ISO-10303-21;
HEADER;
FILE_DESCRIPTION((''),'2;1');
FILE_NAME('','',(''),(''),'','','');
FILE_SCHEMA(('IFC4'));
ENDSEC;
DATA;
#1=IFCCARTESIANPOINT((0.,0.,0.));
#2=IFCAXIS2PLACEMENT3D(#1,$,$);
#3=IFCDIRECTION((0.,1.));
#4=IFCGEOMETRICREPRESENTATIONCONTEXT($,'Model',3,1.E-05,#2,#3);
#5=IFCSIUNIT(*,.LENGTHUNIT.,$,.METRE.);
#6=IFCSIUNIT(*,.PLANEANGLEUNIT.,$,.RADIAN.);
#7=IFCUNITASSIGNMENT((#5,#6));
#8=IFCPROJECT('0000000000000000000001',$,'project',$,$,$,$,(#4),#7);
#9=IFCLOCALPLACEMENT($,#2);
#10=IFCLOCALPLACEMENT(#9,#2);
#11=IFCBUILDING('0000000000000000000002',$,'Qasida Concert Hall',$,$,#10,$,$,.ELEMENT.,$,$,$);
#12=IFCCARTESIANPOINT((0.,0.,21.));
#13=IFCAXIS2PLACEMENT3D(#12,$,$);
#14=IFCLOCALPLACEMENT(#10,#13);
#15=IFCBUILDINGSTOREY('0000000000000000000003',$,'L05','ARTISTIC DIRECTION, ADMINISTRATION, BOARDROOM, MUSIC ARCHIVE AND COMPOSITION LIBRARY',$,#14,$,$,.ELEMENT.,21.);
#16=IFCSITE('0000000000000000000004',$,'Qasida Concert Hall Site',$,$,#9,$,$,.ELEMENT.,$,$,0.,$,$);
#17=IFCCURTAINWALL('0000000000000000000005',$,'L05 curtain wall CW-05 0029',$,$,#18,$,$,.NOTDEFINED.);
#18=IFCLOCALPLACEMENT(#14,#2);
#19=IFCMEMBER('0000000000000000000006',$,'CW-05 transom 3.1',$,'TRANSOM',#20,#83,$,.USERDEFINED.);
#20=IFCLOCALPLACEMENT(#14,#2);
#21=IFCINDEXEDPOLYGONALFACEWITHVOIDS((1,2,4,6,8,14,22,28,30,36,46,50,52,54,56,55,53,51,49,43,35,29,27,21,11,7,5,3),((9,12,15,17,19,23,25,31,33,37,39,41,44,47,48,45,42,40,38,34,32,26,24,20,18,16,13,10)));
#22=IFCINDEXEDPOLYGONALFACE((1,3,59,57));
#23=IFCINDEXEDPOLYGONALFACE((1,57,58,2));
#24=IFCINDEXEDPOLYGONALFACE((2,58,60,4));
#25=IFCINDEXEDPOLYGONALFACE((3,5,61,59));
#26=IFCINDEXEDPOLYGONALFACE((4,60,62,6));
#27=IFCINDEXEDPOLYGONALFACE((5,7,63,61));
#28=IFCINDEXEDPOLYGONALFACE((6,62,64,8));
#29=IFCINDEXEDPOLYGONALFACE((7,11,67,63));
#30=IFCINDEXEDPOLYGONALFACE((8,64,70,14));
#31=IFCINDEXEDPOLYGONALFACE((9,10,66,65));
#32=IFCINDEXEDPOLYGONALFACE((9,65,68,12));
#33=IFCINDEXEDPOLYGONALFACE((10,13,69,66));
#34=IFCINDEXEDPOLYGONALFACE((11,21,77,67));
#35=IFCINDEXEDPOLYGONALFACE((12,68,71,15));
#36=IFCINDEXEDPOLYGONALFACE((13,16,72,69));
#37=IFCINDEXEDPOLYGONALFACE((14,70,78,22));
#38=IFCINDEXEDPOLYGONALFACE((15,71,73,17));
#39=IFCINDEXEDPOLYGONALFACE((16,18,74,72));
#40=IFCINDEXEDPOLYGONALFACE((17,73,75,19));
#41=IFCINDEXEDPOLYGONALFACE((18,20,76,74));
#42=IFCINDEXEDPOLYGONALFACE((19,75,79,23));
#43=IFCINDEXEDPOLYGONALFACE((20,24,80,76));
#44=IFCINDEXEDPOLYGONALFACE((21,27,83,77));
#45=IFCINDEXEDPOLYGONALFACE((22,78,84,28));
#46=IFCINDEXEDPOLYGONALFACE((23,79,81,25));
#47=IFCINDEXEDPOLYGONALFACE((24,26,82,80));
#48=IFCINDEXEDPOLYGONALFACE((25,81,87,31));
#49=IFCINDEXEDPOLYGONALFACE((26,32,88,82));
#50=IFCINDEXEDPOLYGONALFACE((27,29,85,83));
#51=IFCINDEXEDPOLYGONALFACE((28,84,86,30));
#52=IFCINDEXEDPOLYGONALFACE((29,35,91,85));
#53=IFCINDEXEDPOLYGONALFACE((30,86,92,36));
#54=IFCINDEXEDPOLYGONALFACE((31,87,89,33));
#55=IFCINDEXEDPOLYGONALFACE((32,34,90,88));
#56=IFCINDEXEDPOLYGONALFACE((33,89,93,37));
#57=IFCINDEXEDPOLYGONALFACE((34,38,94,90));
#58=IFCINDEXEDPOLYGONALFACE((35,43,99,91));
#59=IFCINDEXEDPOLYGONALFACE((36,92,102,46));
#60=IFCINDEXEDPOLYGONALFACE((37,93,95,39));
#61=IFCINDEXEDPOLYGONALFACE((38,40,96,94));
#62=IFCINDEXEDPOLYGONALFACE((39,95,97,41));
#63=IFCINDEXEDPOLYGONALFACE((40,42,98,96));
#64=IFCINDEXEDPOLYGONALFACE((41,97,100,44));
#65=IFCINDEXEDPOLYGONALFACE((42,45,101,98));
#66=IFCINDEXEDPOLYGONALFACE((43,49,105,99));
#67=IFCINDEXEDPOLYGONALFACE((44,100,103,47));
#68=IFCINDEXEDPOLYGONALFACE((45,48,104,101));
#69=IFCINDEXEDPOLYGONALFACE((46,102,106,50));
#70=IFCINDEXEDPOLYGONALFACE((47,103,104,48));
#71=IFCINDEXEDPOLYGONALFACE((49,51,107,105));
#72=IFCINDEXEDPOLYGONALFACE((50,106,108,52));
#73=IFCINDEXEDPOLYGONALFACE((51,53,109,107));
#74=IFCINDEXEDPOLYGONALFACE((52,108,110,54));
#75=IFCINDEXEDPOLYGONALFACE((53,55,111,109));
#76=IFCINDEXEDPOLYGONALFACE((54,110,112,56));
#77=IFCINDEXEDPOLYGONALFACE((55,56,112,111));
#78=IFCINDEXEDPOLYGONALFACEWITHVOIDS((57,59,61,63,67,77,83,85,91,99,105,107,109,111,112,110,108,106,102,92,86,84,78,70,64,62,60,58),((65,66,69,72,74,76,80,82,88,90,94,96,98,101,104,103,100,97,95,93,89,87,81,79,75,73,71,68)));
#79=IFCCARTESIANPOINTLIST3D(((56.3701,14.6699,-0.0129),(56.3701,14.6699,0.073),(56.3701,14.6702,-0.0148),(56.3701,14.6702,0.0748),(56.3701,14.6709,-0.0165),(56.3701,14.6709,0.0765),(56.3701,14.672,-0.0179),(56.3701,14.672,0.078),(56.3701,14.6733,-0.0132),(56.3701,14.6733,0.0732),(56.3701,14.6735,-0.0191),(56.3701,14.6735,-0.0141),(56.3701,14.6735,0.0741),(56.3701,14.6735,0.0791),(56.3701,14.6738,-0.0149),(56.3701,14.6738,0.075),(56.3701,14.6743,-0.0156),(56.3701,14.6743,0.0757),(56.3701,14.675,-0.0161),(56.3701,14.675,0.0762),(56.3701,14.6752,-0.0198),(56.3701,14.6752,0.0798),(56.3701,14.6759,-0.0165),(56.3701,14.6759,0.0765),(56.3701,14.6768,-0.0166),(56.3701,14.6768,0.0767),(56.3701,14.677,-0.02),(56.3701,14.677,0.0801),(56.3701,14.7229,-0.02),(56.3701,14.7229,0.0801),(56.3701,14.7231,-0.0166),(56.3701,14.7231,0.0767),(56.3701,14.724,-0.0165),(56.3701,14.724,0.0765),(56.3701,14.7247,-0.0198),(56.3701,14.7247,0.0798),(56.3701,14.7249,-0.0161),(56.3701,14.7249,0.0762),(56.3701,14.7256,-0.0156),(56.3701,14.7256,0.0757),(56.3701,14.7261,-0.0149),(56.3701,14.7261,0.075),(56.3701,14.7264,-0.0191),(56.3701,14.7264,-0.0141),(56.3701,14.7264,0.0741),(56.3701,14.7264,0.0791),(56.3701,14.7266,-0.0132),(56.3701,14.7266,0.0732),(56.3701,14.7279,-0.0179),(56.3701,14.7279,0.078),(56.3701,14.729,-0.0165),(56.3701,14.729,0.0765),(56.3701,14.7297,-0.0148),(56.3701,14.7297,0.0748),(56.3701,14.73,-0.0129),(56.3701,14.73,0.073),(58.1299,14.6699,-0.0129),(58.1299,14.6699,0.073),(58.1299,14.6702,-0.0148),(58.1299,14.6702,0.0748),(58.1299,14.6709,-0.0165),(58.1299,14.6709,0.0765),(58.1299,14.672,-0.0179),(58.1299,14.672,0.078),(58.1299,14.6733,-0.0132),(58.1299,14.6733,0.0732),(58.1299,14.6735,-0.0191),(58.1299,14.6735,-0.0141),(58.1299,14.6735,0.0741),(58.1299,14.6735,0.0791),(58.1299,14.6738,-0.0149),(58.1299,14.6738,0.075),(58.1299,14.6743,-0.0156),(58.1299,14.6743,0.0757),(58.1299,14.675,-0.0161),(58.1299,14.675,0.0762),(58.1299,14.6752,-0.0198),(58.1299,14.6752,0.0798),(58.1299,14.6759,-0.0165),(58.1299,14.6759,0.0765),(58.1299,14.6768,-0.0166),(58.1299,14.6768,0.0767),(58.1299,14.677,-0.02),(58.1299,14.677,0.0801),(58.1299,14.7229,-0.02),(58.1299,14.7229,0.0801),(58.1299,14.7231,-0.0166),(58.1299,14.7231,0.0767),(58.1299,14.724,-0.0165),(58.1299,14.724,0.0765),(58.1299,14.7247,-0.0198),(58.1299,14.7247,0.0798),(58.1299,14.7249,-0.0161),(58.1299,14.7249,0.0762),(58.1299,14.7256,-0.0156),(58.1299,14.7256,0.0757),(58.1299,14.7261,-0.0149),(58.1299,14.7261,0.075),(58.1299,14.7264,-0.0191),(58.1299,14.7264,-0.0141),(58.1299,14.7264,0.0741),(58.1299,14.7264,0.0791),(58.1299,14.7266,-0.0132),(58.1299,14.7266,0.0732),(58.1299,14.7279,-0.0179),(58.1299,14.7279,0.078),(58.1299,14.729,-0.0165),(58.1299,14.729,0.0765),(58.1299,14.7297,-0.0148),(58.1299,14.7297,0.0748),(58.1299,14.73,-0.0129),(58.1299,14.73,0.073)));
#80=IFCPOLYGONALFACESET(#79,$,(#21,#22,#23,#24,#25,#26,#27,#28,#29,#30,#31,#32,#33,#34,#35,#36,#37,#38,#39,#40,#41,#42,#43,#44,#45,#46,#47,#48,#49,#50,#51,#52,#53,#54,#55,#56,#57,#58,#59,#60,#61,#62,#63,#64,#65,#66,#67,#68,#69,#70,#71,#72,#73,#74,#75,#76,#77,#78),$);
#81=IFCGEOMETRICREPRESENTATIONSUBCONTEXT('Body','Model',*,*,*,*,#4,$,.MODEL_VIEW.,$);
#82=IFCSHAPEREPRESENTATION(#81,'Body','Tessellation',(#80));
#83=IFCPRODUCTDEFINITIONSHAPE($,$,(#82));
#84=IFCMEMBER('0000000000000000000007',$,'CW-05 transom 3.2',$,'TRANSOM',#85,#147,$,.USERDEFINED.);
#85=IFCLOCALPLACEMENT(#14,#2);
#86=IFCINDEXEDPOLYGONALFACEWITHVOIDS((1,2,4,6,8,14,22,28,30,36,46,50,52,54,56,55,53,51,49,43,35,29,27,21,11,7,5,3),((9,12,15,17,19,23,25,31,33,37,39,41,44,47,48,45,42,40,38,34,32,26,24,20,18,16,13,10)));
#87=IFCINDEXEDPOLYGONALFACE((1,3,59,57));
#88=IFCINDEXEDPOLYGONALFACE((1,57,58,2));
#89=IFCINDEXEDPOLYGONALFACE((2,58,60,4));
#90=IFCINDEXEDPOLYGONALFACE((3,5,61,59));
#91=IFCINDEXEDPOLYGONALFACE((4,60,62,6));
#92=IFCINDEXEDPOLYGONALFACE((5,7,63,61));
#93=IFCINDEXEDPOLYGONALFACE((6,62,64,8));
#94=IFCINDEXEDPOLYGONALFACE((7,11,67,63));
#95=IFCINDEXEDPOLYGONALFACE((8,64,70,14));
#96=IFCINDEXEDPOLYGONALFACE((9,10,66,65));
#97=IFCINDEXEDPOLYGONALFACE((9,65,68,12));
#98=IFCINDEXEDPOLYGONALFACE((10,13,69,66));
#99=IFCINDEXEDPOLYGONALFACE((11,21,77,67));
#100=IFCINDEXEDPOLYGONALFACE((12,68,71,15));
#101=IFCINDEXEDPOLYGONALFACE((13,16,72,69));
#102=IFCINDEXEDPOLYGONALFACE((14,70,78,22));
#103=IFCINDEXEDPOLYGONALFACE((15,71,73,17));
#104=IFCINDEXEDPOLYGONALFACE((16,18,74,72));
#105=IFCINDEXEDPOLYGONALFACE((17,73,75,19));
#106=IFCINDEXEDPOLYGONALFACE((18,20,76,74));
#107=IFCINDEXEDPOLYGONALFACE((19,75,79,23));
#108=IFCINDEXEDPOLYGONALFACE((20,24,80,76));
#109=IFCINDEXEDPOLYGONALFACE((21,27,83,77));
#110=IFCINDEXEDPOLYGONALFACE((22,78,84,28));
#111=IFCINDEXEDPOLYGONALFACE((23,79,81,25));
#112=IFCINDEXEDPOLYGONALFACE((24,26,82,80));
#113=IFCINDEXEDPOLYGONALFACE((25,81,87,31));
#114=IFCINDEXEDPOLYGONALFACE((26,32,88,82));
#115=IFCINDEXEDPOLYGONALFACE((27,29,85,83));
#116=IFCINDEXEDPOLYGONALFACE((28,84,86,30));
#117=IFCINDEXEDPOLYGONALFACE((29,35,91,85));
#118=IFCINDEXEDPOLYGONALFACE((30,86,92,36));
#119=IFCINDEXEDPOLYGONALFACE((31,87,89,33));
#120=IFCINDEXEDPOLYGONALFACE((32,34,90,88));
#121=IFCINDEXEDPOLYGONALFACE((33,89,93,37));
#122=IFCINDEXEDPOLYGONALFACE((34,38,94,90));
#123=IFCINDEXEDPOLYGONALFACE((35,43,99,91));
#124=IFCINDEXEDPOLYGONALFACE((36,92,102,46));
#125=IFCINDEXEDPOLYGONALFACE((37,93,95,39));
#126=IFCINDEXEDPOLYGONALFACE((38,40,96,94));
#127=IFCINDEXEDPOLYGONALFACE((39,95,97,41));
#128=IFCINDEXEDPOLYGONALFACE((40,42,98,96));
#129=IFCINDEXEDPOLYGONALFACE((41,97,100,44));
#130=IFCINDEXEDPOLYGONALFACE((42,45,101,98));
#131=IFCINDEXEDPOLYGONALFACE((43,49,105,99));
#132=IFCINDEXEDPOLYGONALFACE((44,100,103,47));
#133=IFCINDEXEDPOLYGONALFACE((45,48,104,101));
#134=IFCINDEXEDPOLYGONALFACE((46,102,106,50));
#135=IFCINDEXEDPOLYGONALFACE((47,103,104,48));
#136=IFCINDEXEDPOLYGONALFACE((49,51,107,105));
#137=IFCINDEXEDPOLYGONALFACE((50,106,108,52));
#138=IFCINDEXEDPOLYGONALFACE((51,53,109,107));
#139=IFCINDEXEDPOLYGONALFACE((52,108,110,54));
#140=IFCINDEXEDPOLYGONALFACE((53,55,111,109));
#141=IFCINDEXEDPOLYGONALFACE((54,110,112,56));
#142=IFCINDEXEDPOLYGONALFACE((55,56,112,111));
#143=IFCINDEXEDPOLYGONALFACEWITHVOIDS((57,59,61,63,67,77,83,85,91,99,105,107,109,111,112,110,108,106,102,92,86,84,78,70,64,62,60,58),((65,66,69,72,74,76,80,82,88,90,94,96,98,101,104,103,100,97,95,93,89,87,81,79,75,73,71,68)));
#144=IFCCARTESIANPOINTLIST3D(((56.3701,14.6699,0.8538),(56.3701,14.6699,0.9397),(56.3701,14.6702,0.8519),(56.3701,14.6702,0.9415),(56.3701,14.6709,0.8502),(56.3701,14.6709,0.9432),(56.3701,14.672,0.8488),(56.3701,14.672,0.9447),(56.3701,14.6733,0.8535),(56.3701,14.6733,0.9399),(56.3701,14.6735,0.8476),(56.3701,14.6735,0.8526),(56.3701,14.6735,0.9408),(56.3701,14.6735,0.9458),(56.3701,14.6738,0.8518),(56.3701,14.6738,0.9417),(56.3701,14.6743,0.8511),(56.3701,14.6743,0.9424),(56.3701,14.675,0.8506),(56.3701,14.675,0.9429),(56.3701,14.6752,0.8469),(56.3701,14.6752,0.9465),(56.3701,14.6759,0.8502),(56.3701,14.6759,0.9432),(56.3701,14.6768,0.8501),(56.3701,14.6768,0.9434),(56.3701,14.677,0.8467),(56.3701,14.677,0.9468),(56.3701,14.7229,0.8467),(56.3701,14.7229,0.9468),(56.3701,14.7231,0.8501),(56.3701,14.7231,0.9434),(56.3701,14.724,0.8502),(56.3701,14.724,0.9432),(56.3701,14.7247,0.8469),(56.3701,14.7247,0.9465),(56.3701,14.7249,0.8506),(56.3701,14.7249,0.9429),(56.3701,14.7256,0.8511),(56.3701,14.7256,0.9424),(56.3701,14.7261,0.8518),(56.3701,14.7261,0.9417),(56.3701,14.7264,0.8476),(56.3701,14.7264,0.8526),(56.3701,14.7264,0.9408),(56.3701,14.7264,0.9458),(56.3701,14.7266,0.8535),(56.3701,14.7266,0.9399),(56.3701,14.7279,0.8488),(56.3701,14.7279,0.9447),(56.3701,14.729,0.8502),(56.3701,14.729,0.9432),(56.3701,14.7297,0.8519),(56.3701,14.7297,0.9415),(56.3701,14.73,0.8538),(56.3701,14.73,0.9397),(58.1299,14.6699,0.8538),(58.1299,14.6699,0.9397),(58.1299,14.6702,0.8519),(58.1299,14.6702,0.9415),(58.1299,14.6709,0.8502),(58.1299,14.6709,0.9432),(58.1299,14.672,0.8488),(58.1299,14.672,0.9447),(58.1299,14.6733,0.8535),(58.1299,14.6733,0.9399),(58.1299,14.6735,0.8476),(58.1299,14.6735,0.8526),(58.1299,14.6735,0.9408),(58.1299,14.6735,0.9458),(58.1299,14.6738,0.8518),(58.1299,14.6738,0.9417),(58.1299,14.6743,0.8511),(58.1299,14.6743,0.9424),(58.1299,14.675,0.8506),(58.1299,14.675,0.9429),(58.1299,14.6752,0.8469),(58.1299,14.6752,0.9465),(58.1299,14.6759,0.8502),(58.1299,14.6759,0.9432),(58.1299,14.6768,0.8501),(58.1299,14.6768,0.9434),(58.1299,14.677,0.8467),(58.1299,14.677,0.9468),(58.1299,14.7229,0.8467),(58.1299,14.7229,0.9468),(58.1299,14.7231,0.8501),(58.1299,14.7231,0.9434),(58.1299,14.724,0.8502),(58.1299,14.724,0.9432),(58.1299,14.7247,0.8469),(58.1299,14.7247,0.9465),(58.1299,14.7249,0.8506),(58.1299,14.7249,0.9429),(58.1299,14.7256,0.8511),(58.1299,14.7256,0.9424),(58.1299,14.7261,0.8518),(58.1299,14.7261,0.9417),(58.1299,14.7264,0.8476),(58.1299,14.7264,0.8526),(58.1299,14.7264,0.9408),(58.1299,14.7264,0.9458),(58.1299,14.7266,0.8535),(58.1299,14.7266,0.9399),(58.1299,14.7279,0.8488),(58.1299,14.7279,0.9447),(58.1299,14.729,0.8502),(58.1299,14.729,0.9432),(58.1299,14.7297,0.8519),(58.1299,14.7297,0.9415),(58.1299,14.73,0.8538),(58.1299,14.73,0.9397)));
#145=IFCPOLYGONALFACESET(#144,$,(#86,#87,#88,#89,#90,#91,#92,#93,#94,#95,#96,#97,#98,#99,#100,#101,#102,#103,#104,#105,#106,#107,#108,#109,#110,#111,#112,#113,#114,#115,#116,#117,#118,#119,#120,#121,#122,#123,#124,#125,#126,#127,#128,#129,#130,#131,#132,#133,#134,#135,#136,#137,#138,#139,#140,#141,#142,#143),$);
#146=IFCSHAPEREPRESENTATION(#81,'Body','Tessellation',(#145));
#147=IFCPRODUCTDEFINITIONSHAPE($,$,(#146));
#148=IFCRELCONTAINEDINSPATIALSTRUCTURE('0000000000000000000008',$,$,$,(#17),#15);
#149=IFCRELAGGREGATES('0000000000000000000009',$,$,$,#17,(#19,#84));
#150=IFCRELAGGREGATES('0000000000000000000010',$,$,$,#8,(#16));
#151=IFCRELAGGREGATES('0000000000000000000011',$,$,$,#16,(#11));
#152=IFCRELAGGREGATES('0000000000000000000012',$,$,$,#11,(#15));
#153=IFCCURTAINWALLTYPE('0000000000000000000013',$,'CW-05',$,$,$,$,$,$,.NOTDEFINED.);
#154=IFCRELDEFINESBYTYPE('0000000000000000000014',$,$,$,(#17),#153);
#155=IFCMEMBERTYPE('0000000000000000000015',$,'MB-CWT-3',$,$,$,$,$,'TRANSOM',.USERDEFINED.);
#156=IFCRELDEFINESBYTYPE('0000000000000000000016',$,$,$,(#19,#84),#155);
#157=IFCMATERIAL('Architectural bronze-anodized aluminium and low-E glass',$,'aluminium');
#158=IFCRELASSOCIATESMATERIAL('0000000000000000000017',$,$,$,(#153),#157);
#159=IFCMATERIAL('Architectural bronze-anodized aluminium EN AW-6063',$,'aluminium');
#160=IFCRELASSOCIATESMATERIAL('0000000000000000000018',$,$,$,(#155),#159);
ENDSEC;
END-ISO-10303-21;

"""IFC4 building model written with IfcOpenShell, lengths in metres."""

from ifc_helpers import new_model, si_unit, direction, frame, origin, origin_2d, place, context, subcontext, project, spatial, hollow_rectangle, extrude, material, material_profile, profile_set, type_object, element, aggregate, save


model = new_model("IFC4")

# Units and contexts
model_context = context("Model", 3, precision=1e-05, world=origin(), true_north=direction((0.0, 1.0)))
body_context = subcontext(model_context, "Body", "Model", "MODEL_VIEW")
ifc_project = project(units=[si_unit("LENGTHUNIT", "METRE"), si_unit("PLANEANGLEUNIT", "RADIAN")], contexts=[model_context])

# Site, building, storey
site_placement = place(None, origin())
site = spatial("IfcSite", under=ifc_project, at=site_placement, Name="Qasida Concert Hall Site", CompositionType="ELEMENT", RefElevation=0.0)
building_placement = place(site_placement, origin())
building = spatial("IfcBuilding", under=site, at=building_placement, Name="Qasida Concert Hall", CompositionType="ELEMENT")
storey_placement = place(building_placement, frame((0.0, 0.0, 21.0)))
storey = spatial("IfcBuildingStorey", under=building, at=storey_placement, Name="L05", Description="ARTISTIC DIRECTION, ADMINISTRATION, BOARDROOM, MUSIC ARCHIVE AND COMPOSITION LIBRARY", CompositionType="ELEMENT", Elevation=21.0)

# Curtain wall, members
ifc_material_1 = material(Name="Architectural bronze-anodized aluminium and low-E glass", Category="aluminium")
curtain_wall_type = type_object("IfcCurtainWallType", Name="CW-05", PredefinedType="NOTDEFINED", material=ifc_material_1)
curtain_wall_placement = place(storey_placement, origin())
curtain_wall = element("IfcCurtainWall", 1, at=curtain_wall_placement, inside=storey, type_object=curtain_wall_type, Name="L05 curtain wall CW-05 0029", PredefinedType="NOTDEFINED")
ifc_material_2 = material(Name="Architectural bronze-anodized aluminium EN AW-6063", Category="aluminium")
ifc_material_profile_1 = material_profile(ifc_material_2, hollow_rectangle(XDim=0.0601, YDim=0.1001, WallThickness=0.0034, InnerFilletRadius=0.0034, OuterFilletRadius=0.0071, at=origin_2d()), Name="CWT 100x60x3.5")
ifc_profile_set_1 = profile_set([ifc_material_profile_1], Name="Architectural bronze-anodized aluminium EN AW-6063")
member_type_1 = type_object("IfcMemberType", Name="MB-CWT-3", ElementType="TRANSOM", PredefinedType="USERDEFINED", material=ifc_profile_set_1)
member_1_placement = place(storey_placement, frame((56.3701, 14.7, 0.03), z_axis=(1.0, 0.0, 0.0), x_axis=(0.0, 1.0, 0.0)))
member_1 = element("IfcMember", 2, at=member_1_placement, type_object=member_type_1, Name="CW-05 transom 3.1", ObjectType="TRANSOM", PredefinedType="USERDEFINED", context=body_context, shape_type="SweptSolid", body=[
    extrude(hollow_rectangle(XDim=0.0601, YDim=0.1001, WallThickness=0.0034, InnerFilletRadius=0.0034, OuterFilletRadius=0.0071, at=origin_2d()), origin(), (0.0, 0.0, 1.0), 1.7598),
])
member_2_placement = place(storey_placement, frame((56.3701, 14.7, 0.8967), z_axis=(1.0, 0.0, 0.0), x_axis=(0.0, 1.0, 0.0)))
member_2 = element("IfcMember", 3, at=member_2_placement, type_object=member_type_1, Name="CW-05 transom 3.2", ObjectType="TRANSOM", PredefinedType="USERDEFINED", context=body_context, shape_type="SweptSolid", body=[
    extrude(hollow_rectangle(XDim=0.0601, YDim=0.1001, WallThickness=0.0034, InnerFilletRadius=0.0034, OuterFilletRadius=0.0071, at=origin_2d()), origin(), (0.0, 0.0, 1.0), 1.7598),
])
aggregate(curtain_wall, [member_1, member_2])

save(model, "model.ifc")
